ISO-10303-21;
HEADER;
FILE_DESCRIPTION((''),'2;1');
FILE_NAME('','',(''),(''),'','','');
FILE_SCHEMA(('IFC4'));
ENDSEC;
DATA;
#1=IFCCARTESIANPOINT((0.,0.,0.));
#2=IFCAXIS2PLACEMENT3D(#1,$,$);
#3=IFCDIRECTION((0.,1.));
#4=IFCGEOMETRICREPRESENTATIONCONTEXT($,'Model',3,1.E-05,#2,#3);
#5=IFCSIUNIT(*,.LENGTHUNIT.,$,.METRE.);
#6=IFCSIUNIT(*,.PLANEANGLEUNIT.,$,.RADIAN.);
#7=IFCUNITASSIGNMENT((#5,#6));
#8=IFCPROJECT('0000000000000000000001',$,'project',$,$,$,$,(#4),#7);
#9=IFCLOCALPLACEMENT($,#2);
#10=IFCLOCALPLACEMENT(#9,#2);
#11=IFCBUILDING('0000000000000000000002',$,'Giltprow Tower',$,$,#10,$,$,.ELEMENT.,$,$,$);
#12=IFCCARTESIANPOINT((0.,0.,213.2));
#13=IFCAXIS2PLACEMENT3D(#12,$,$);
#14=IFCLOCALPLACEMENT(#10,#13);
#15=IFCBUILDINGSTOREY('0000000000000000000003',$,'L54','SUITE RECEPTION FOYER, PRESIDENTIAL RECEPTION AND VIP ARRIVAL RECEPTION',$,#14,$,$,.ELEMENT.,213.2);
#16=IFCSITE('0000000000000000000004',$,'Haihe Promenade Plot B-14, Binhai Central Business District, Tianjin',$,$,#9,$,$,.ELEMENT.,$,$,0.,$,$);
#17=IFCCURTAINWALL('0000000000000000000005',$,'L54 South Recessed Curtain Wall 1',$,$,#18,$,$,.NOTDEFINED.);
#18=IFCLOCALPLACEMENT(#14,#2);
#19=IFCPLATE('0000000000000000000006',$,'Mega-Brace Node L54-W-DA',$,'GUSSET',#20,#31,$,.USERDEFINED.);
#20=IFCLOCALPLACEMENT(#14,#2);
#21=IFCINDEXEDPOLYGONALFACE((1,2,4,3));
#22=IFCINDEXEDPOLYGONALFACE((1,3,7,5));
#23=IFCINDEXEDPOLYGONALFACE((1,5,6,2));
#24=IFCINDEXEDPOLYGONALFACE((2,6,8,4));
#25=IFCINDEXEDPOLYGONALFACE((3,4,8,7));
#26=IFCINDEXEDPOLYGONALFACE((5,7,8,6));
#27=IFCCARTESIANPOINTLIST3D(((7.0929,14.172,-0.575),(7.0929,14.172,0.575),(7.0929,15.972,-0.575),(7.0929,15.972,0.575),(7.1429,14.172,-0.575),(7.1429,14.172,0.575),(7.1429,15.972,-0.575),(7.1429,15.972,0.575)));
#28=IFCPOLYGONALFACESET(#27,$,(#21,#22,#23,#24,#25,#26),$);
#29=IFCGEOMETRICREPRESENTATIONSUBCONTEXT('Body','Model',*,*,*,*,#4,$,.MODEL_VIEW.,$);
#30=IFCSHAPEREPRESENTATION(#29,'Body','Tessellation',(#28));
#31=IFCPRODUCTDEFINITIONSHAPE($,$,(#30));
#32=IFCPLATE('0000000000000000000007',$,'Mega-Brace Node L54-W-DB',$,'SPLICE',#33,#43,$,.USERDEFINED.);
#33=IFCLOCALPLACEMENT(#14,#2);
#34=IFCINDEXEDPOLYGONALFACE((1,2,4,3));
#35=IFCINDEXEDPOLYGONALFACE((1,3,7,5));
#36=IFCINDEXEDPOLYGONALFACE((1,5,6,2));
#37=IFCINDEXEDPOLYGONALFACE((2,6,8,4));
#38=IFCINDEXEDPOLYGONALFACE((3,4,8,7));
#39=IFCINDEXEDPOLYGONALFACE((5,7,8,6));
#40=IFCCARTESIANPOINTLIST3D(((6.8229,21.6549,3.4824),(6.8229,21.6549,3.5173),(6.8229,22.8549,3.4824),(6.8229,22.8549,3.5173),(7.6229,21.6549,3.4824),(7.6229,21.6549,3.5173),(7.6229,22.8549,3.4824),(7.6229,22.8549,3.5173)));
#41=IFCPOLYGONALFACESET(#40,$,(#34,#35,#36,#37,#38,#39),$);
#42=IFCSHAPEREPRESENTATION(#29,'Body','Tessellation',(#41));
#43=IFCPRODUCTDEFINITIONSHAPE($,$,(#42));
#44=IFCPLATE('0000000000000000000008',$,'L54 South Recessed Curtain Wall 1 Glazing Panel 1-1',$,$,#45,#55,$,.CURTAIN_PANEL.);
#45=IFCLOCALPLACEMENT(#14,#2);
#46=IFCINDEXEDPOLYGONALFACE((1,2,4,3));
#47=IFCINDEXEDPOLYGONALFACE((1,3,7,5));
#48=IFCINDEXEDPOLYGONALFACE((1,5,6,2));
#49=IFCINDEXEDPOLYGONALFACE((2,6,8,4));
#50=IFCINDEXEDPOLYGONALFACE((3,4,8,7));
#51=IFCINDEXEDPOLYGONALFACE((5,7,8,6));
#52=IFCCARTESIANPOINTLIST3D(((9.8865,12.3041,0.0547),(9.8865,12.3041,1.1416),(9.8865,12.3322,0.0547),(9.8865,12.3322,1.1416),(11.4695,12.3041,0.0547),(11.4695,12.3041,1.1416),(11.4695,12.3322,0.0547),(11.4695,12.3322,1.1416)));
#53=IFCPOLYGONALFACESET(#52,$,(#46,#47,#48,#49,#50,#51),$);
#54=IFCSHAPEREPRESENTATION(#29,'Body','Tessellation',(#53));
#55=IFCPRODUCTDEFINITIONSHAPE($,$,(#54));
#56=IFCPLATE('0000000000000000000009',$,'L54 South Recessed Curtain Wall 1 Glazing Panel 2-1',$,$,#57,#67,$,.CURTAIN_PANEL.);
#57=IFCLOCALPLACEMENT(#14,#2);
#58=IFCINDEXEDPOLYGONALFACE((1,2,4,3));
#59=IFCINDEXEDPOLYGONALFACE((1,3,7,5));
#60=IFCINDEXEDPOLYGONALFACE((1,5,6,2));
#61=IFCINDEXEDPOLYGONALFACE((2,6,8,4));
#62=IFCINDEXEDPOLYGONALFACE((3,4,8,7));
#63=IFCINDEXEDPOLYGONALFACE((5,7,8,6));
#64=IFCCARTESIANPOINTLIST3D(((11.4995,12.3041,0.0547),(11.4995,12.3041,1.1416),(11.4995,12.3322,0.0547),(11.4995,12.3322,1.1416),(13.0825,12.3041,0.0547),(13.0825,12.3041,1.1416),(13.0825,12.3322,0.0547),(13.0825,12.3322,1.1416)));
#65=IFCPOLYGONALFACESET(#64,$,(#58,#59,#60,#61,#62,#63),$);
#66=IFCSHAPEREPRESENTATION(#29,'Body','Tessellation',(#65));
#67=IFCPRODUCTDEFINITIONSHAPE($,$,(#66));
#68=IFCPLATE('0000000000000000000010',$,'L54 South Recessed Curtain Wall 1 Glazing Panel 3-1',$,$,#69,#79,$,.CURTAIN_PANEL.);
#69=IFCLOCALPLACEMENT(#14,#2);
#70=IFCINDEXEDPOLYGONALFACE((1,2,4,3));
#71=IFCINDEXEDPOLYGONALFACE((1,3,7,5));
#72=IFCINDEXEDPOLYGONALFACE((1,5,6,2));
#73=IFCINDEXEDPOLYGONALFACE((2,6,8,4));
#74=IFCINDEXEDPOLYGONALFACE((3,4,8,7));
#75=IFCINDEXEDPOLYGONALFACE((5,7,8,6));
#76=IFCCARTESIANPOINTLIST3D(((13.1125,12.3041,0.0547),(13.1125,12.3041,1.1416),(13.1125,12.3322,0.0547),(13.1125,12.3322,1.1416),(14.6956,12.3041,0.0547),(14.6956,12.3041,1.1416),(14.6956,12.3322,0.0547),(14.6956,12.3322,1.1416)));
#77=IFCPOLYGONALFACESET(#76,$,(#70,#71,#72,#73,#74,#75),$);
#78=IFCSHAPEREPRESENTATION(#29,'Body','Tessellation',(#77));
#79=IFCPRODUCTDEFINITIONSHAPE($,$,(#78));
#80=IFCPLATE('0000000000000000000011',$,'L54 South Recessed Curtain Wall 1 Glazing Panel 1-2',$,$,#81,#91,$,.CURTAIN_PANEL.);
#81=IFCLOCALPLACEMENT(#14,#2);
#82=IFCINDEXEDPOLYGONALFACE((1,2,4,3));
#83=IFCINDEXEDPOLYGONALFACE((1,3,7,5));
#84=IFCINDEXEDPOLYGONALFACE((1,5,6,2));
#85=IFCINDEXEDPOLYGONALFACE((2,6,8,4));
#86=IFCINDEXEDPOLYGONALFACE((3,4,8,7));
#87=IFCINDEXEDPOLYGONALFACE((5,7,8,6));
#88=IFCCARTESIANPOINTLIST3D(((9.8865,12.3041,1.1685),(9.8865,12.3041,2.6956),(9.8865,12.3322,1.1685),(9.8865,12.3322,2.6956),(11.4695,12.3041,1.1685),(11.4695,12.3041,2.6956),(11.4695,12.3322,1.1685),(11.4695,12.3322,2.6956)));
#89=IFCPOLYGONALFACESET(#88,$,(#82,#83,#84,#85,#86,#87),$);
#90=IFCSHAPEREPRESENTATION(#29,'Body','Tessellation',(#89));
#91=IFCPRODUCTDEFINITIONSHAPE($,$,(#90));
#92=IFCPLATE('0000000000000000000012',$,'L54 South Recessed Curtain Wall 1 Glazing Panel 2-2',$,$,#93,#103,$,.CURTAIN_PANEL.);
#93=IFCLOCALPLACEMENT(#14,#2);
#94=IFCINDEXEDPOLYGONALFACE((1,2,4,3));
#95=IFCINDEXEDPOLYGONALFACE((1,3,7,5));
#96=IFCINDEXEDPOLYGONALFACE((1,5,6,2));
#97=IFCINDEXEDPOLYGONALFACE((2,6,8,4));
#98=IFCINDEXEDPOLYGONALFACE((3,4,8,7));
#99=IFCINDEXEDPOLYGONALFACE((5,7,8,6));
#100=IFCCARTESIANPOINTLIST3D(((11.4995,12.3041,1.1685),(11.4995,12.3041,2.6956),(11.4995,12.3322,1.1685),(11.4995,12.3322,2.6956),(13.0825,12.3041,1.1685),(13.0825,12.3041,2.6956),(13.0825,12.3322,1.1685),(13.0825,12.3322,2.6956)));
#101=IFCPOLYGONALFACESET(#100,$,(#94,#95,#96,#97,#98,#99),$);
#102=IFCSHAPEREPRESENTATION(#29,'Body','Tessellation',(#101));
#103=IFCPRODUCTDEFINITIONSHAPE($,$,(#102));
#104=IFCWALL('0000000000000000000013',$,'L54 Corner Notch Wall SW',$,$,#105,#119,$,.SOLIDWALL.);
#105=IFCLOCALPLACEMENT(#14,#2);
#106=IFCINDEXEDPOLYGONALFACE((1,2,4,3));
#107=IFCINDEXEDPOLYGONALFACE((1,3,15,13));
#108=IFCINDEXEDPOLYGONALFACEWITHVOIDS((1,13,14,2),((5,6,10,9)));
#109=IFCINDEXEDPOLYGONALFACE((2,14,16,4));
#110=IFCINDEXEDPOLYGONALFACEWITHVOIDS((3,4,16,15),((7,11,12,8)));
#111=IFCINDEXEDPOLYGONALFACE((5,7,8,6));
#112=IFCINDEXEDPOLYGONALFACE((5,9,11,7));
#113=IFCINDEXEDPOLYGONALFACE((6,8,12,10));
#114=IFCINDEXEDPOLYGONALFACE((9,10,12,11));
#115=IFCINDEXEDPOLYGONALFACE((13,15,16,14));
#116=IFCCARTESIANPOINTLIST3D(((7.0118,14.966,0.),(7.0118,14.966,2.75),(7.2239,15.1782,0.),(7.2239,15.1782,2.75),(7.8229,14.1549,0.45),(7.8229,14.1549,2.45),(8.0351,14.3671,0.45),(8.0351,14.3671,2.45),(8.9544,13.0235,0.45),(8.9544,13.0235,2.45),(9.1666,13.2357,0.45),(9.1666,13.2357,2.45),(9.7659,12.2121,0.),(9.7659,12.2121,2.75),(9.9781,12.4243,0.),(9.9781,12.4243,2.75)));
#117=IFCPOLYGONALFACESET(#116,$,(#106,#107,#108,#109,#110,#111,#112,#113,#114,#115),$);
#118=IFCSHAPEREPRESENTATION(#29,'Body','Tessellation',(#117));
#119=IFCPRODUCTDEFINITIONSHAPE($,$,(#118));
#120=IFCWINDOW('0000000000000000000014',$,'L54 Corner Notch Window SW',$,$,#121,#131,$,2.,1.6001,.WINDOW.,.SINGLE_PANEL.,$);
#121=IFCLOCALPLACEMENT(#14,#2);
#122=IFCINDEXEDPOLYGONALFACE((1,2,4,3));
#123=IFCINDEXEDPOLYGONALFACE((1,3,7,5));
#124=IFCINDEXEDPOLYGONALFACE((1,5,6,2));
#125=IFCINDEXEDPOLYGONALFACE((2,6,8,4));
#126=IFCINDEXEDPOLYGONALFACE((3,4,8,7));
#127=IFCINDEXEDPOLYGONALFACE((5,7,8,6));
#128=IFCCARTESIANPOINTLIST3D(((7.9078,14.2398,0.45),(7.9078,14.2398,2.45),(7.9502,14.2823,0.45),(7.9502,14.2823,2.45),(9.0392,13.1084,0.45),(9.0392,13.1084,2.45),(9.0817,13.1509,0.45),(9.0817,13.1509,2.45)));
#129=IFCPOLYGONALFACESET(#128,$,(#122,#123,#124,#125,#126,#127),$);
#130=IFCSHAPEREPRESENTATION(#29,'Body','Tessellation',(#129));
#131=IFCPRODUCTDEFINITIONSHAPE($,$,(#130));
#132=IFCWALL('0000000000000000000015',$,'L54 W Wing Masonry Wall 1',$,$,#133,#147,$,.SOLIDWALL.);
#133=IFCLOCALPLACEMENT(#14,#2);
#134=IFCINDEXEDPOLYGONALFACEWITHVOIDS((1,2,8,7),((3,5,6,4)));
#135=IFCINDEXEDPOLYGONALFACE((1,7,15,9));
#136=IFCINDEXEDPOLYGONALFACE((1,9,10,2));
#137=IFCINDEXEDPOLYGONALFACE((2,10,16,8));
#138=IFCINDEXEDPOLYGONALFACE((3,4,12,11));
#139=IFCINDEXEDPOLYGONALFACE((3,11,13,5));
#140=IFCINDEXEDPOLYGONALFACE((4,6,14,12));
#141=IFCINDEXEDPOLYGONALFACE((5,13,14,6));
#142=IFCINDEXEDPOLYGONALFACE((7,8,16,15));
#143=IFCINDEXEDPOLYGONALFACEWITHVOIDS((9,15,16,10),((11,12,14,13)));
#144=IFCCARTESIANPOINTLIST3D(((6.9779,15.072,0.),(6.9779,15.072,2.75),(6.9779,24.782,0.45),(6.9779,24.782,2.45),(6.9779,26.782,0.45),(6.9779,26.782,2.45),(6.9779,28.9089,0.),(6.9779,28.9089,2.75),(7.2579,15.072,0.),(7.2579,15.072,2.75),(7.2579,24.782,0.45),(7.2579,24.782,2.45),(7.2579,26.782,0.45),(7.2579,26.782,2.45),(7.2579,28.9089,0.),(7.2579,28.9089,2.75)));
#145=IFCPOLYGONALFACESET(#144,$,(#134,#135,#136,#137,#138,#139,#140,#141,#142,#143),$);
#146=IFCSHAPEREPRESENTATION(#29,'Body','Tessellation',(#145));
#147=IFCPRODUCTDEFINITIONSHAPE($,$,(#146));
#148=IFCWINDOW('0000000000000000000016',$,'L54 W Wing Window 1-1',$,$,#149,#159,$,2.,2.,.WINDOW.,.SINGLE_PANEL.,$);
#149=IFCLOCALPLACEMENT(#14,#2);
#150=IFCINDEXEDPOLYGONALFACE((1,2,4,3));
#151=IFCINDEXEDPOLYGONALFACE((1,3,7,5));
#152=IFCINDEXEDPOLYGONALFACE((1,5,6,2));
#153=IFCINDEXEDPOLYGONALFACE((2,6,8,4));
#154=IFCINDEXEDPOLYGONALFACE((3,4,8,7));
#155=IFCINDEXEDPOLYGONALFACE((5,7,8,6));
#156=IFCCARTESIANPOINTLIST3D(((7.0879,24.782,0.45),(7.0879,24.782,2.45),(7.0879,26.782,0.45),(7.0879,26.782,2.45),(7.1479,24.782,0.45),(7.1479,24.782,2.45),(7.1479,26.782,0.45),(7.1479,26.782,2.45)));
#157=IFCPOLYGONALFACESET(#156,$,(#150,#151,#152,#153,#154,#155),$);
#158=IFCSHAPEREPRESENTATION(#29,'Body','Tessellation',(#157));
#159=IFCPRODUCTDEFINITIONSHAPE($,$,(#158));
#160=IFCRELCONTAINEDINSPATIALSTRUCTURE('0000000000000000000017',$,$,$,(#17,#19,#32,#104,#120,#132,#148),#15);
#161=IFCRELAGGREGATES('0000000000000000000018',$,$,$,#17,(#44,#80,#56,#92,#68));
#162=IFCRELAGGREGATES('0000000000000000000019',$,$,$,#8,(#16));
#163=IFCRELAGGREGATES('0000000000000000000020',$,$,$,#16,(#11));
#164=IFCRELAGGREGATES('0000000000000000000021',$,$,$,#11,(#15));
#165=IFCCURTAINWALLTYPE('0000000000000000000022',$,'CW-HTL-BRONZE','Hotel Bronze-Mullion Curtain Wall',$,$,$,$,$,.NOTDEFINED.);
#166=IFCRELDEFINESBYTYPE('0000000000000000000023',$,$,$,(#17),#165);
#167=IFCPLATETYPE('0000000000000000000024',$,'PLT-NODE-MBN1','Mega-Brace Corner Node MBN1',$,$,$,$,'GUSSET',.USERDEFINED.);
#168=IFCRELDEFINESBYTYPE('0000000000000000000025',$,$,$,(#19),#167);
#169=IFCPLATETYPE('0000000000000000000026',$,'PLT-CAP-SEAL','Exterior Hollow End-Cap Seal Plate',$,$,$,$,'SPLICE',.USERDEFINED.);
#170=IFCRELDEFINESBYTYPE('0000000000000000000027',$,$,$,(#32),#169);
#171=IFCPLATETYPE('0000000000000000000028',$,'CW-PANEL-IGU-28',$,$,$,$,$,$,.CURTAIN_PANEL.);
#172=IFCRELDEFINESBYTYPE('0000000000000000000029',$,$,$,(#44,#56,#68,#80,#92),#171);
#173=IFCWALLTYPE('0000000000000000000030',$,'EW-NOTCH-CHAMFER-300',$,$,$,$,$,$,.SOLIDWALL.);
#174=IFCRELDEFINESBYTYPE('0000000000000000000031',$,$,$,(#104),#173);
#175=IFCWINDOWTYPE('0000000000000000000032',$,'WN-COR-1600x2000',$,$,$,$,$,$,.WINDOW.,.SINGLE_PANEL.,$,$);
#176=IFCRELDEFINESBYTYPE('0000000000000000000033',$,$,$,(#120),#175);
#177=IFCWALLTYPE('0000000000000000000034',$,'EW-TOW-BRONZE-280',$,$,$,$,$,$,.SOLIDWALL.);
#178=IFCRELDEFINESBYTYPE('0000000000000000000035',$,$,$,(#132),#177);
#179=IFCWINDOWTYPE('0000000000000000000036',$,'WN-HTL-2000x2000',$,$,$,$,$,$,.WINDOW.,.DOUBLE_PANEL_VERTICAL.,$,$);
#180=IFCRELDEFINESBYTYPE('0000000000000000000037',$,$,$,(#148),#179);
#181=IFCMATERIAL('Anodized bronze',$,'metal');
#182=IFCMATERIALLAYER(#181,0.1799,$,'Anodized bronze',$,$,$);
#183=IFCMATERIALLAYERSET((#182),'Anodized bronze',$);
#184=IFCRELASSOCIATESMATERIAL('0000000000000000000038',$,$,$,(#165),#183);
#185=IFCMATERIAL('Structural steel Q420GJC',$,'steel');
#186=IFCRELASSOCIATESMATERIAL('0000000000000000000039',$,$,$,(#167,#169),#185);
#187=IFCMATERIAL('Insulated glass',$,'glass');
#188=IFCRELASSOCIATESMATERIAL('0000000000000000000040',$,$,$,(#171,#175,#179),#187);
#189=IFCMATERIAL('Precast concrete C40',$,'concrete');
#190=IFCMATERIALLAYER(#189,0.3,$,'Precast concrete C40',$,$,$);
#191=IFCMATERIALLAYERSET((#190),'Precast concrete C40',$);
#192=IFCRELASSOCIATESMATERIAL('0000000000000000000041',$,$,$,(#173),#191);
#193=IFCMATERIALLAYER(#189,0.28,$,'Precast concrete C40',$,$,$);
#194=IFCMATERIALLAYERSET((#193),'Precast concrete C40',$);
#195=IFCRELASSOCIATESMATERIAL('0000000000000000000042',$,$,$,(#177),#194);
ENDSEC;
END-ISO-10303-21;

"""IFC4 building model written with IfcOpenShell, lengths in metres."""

from ifc_helpers import new_model, si_unit, direction, frame, frame_2d, origin, origin_2d, place, context, subcontext, project, spatial, rectangle, extrude, source, transform, mapped, material, layer, layer_set, type_object, element, fill, aggregate, save


model = new_model("IFC4")

# Units and contexts
model_context = context("Model", 3, precision=1e-05, world=origin(), true_north=direction((0.0, 1.0)))
body_context = subcontext(model_context, "Body", "Model", "MODEL_VIEW")
ifc_project = project(units=[si_unit("LENGTHUNIT", "METRE"), si_unit("PLANEANGLEUNIT", "RADIAN")], contexts=[model_context])

# Site, building, storey
site_placement = place(None, origin())
site = spatial("IfcSite", under=ifc_project, at=site_placement, Name="Haihe Promenade Plot B-14, Binhai Central Business District, Tianjin", CompositionType="ELEMENT", RefElevation=0.0)
building_placement = place(site_placement, origin())
building = spatial("IfcBuilding", under=site, at=building_placement, Name="Giltprow Tower", CompositionType="ELEMENT")
storey_placement = place(building_placement, frame((0.0, 0.0, 213.2)))
storey = spatial("IfcBuildingStorey", under=building, at=storey_placement, Name="L54", Description="SUITE RECEPTION FOYER, PRESIDENTIAL RECEPTION AND VIP ARRIVAL RECEPTION", CompositionType="ELEMENT", Elevation=213.2)

# Shared definitions
ifc_material_1 = material(Name="Structural steel Q420GJC", Category="steel")

# Curtain wall
ifc_material_2 = material(Name="Anodized bronze", Category="metal")
ifc_layer_1 = layer(ifc_material_2, 0.1799, Name="Anodized bronze")
ifc_layer_set_1 = layer_set([ifc_layer_1], Name="Anodized bronze")
curtain_wall_type = type_object("IfcCurtainWallType", Name="CW-HTL-BRONZE", Description="Hotel Bronze-Mullion Curtain Wall", PredefinedType="NOTDEFINED", material=ifc_layer_set_1)
curtain_wall_placement = place(storey_placement, origin())
curtain_wall = element("IfcCurtainWall", 1, at=curtain_wall_placement, inside=storey, type_object=curtain_wall_type, Name="L54 South Recessed Curtain Wall 1", PredefinedType="NOTDEFINED")

# Plates
plate_type_1 = type_object("IfcPlateType", Name="PLT-NODE-MBN1", Description="Mega-Brace Corner Node MBN1", ElementType="GUSSET", PredefinedType="USERDEFINED", material=ifc_material_1)
shared_shape_1 = source(origin(), body_context, "Body", "SweptSolid", [
    extrude(rectangle(XDim=1.8, YDim=0.05, at=origin_2d()), origin(), (0.0, 0.0, 1.0), 1.1499),
])
plate_1_placement = place(storey_placement, frame((7.1179, 15.072, -0.575), z_axis=(0.0, 0.0, 1.0), x_axis=(0.0, 1.0, 0.0)))
element("IfcPlate", 2, at=plate_1_placement, inside=storey, type_object=plate_type_1, Name="Mega-Brace Node L54-W-DA", ObjectType="GUSSET", PredefinedType="USERDEFINED", context=body_context, shape_type="MappedRepresentation", body=[
    mapped(shared_shape_1, transform((0.0, 0.0, 0.0), x_axis=(1.0, 0.0, 0.0), y_axis=(0.0, 1.0, 0.0), z_axis=(0.0, 0.0, 1.0), scale=1.0)),
])
plate_type_2 = type_object("IfcPlateType", Name="PLT-CAP-SEAL", Description="Exterior Hollow End-Cap Seal Plate", ElementType="SPLICE", PredefinedType="USERDEFINED", material=ifc_material_1)
shared_shape_2 = source(origin(), body_context, "Body", "SweptSolid", [
    extrude(rectangle(XDim=1.2, YDim=0.8, at=origin_2d()), origin(), (0.0, 0.0, 1.0), 0.0349),
])
plate_2_placement = place(storey_placement, frame((7.2229, 22.2549, 3.4824), z_axis=(0.0, 0.0, 1.0), x_axis=(0.0, 1.0, 0.0)))
element("IfcPlate", 3, at=plate_2_placement, inside=storey, type_object=plate_type_2, Name="Mega-Brace Node L54-W-DB", ObjectType="SPLICE", PredefinedType="USERDEFINED", context=body_context, shape_type="MappedRepresentation", body=[
    mapped(shared_shape_2, transform((0.0, 0.0, 0.0), x_axis=(1.0, 0.0, 0.0), y_axis=(0.0, 1.0, 0.0), z_axis=(0.0, 0.0, 1.0), scale=1.0)),
])

# Plates
ifc_material_3 = material(Name="Insulated glass", Category="glass")
plate_type_3 = type_object("IfcPlateType", Name="CW-PANEL-IGU-28", PredefinedType="CURTAIN_PANEL", material=ifc_material_3)
shared_shape_3 = source(origin(), body_context, "Body", "SweptSolid", [
    extrude(rectangle(XDim=1.583, YDim=0.0281, at=origin_2d()), origin(), (0.0, 0.0, 1.0), 1.0869),
])
plate_3_placement = place(storey_placement, frame((10.678, 12.3181, 0.0547), z_axis=(0.0, 0.0, 1.0), x_axis=(1.0, 0.0, 0.0)))
plate_3 = element("IfcPlate", 4, at=plate_3_placement, type_object=plate_type_3, Name="L54 South Recessed Curtain Wall 1 Glazing Panel 1-1", PredefinedType="CURTAIN_PANEL", context=body_context, shape_type="MappedRepresentation", body=[
    mapped(shared_shape_3, transform((0.0, 0.0, 0.0), x_axis=(1.0, 0.0, 0.0), y_axis=(0.0, 1.0, 0.0), z_axis=(0.0, 0.0, 1.0), scale=1.0)),
])
plate_4_placement = place(storey_placement, frame((12.291, 12.3181, 0.0547), z_axis=(0.0, 0.0, 1.0), x_axis=(1.0, 0.0, 0.0)))
plate_4 = element("IfcPlate", 5, at=plate_4_placement, type_object=plate_type_3, Name="L54 South Recessed Curtain Wall 1 Glazing Panel 2-1", PredefinedType="CURTAIN_PANEL", context=body_context, shape_type="MappedRepresentation", body=[
    mapped(shared_shape_3, transform((0.0, 0.0, 0.0), x_axis=(1.0, 0.0, 0.0), y_axis=(0.0, 1.0, 0.0), z_axis=(0.0, 0.0, 1.0), scale=1.0)),
])
plate_5_placement = place(storey_placement, frame((13.9041, 12.3181, 0.0547), z_axis=(0.0, 0.0, 1.0), x_axis=(1.0, 0.0, 0.0)))
plate_5 = element("IfcPlate", 6, at=plate_5_placement, type_object=plate_type_3, Name="L54 South Recessed Curtain Wall 1 Glazing Panel 3-1", PredefinedType="CURTAIN_PANEL", context=body_context, shape_type="MappedRepresentation", body=[
    mapped(shared_shape_3, transform((0.0, 0.0, 0.0), x_axis=(1.0, 0.0, 0.0), y_axis=(0.0, 1.0, 0.0), z_axis=(0.0, 0.0, 1.0), scale=1.0)),
])
shared_shape_4 = source(origin(), body_context, "Body", "SweptSolid", [
    extrude(rectangle(XDim=1.583, YDim=0.0281, at=origin_2d()), origin(), (0.0, 0.0, 1.0), 1.5271),
])
plate_6_placement = place(storey_placement, frame((10.678, 12.3181, 1.1685), z_axis=(0.0, 0.0, 1.0), x_axis=(1.0, 0.0, 0.0)))
plate_6 = element("IfcPlate", 7, at=plate_6_placement, type_object=plate_type_3, Name="L54 South Recessed Curtain Wall 1 Glazing Panel 1-2", PredefinedType="CURTAIN_PANEL", context=body_context, shape_type="MappedRepresentation", body=[
    mapped(shared_shape_4, transform((0.0, 0.0, 0.0), x_axis=(1.0, 0.0, 0.0), y_axis=(0.0, 1.0, 0.0), z_axis=(0.0, 0.0, 1.0), scale=1.0)),
])
plate_7_placement = place(storey_placement, frame((12.291, 12.3181, 1.1685), z_axis=(0.0, 0.0, 1.0), x_axis=(1.0, 0.0, 0.0)))
plate_7 = element("IfcPlate", 8, at=plate_7_placement, type_object=plate_type_3, Name="L54 South Recessed Curtain Wall 1 Glazing Panel 2-2", PredefinedType="CURTAIN_PANEL", context=body_context, shape_type="MappedRepresentation", body=[
    mapped(shared_shape_4, transform((0.0, 0.0, 0.0), x_axis=(1.0, 0.0, 0.0), y_axis=(0.0, 1.0, 0.0), z_axis=(0.0, 0.0, 1.0), scale=1.0)),
])
aggregate(curtain_wall, [plate_3, plate_6, plate_4, plate_7, plate_5])

# Walls, openings, windows
ifc_material_4 = material(Name="Precast concrete C40", Category="concrete")
ifc_layer_2 = layer(ifc_material_4, 0.3, Name="Precast concrete C40")
ifc_layer_set_2 = layer_set([ifc_layer_2], Name="Precast concrete C40")
wall_type_1 = type_object("IfcWallType", Name="EW-NOTCH-CHAMFER-300", PredefinedType="SOLIDWALL", material=ifc_layer_set_2)
wall_1_placement = place(storey_placement, frame((7.1179, 15.072, 0.0), z_axis=(0.0, 0.0, 1.0), x_axis=(0.707138, -0.707075, 0.0)))
wall_1 = element("IfcWall", 9, at=wall_1_placement, inside=storey, type_object=wall_type_1, Name="L54 Corner Notch Wall SW", PredefinedType="SOLIDWALL", context=body_context, shape_type="SweptSolid", body=[
    extrude(rectangle(XDim=3.8948, YDim=0.3, at=frame_2d((1.9473, 0.0))), origin(), (0.0, 0.0, 1.0), 2.75),
])
opening_1_placement = place(wall_1_placement, frame((1.147, 0.0, 0.45)))
opening_1 = element("IfcOpeningElement", 10, at=opening_1_placement, cuts=wall_1, PredefinedType="OPENING", context=body_context, shape_type="SweptSolid", body=[
    extrude(rectangle(XDim=1.6001, YDim=2.0, at=frame_2d((0.8, 1.0))), frame((0.0, 0.1599, 0.0), z_axis=(0.0, -1.0, 0.0), x_axis=(1.0, 0.0, 0.0)), (0.0, 0.0, 1.0), 0.3201),
])
window_type_1 = type_object("IfcWindowType", Name="WN-COR-1600x2000", PartitioningType="SINGLE_PANEL", PredefinedType="WINDOW", material=ifc_material_3)
shared_shape_5 = source(origin(), body_context, "Body", "SweptSolid", [
    extrude(rectangle(XDim=1.6001, YDim=2.0, at=frame_2d((0.8, 1.0))), frame((0.0, 0.03, 0.0), z_axis=(0.0, -1.0, 0.0), x_axis=(1.0, 0.0, 0.0)), (0.0, 0.0, 1.0), 0.0601),
])
window_1_placement = place(opening_1_placement, origin())
window_1 = element("IfcWindow", 11, at=window_1_placement, inside=storey, type_object=window_type_1, Name="L54 Corner Notch Window SW", OverallHeight=2.0, OverallWidth=1.6001, PartitioningType="SINGLE_PANEL", PredefinedType="WINDOW", context=body_context, shape_type="MappedRepresentation", body=[
    mapped(shared_shape_5, transform((0.0, 0.0, 0.0), x_axis=(1.0, 0.0, 0.0), y_axis=(0.0, 1.0, 0.0), z_axis=(0.0, 0.0, 1.0), scale=1.0)),
])
fill(opening_1, window_1)
ifc_layer_3 = layer(ifc_material_4, 0.28, Name="Precast concrete C40")
ifc_layer_set_3 = layer_set([ifc_layer_3], Name="Precast concrete C40")
wall_type_2 = type_object("IfcWallType", Name="EW-TOW-BRONZE-280", PredefinedType="SOLIDWALL", material=ifc_layer_set_3)
wall_2_placement = place(storey_placement, frame((7.1179, 15.072, 0.0), z_axis=(0.0, 0.0, 1.0), x_axis=(0.0, 1.0, 0.0)))
wall_2 = element("IfcWall", 12, at=wall_2_placement, inside=storey, type_object=wall_type_2, Name="L54 W Wing Masonry Wall 1", PredefinedType="SOLIDWALL", context=body_context, shape_type="SweptSolid", body=[
    extrude(rectangle(XDim=13.8369, YDim=0.28, at=frame_2d((6.9185, 0.0))), origin(), (0.0, 0.0, 1.0), 2.75),
])
opening_2_placement = place(wall_2_placement, frame((9.71, 0.0, 0.45)))
opening_2 = element("IfcOpeningElement", 13, at=opening_2_placement, cuts=wall_2, PredefinedType="OPENING", context=body_context, shape_type="SweptSolid", body=[
    extrude(rectangle(XDim=2.0, YDim=2.0, at=frame_2d((1.0, 1.0))), frame((0.0, 0.1499, 0.0), z_axis=(0.0, -1.0, 0.0), x_axis=(1.0, 0.0, 0.0)), (0.0, 0.0, 1.0), 0.3),
])
window_type_2 = type_object("IfcWindowType", Name="WN-HTL-2000x2000", PartitioningType="DOUBLE_PANEL_VERTICAL", PredefinedType="WINDOW", material=ifc_material_3)
shared_shape_6 = source(origin(), body_context, "Body", "SweptSolid", [
    extrude(rectangle(XDim=2.0, YDim=2.0, at=frame_2d((1.0, 1.0))), frame((0.0, 0.03, 0.0), z_axis=(0.0, -1.0, 0.0), x_axis=(1.0, 0.0, 0.0)), (0.0, 0.0, 1.0), 0.0601),
])
window_2_placement = place(opening_2_placement, origin())
window_2 = element("IfcWindow", 14, at=window_2_placement, inside=storey, type_object=window_type_2, Name="L54 W Wing Window 1-1", OverallHeight=2.0, OverallWidth=2.0, PartitioningType="SINGLE_PANEL", PredefinedType="WINDOW", context=body_context, shape_type="MappedRepresentation", body=[
    mapped(shared_shape_6, transform((0.0, 0.0, 0.0), x_axis=(1.0, 0.0, 0.0), y_axis=(0.0, 1.0, 0.0), z_axis=(0.0, 0.0, 1.0), scale=1.0)),
])
fill(opening_2, window_2)

save(model, "model.ifc")
